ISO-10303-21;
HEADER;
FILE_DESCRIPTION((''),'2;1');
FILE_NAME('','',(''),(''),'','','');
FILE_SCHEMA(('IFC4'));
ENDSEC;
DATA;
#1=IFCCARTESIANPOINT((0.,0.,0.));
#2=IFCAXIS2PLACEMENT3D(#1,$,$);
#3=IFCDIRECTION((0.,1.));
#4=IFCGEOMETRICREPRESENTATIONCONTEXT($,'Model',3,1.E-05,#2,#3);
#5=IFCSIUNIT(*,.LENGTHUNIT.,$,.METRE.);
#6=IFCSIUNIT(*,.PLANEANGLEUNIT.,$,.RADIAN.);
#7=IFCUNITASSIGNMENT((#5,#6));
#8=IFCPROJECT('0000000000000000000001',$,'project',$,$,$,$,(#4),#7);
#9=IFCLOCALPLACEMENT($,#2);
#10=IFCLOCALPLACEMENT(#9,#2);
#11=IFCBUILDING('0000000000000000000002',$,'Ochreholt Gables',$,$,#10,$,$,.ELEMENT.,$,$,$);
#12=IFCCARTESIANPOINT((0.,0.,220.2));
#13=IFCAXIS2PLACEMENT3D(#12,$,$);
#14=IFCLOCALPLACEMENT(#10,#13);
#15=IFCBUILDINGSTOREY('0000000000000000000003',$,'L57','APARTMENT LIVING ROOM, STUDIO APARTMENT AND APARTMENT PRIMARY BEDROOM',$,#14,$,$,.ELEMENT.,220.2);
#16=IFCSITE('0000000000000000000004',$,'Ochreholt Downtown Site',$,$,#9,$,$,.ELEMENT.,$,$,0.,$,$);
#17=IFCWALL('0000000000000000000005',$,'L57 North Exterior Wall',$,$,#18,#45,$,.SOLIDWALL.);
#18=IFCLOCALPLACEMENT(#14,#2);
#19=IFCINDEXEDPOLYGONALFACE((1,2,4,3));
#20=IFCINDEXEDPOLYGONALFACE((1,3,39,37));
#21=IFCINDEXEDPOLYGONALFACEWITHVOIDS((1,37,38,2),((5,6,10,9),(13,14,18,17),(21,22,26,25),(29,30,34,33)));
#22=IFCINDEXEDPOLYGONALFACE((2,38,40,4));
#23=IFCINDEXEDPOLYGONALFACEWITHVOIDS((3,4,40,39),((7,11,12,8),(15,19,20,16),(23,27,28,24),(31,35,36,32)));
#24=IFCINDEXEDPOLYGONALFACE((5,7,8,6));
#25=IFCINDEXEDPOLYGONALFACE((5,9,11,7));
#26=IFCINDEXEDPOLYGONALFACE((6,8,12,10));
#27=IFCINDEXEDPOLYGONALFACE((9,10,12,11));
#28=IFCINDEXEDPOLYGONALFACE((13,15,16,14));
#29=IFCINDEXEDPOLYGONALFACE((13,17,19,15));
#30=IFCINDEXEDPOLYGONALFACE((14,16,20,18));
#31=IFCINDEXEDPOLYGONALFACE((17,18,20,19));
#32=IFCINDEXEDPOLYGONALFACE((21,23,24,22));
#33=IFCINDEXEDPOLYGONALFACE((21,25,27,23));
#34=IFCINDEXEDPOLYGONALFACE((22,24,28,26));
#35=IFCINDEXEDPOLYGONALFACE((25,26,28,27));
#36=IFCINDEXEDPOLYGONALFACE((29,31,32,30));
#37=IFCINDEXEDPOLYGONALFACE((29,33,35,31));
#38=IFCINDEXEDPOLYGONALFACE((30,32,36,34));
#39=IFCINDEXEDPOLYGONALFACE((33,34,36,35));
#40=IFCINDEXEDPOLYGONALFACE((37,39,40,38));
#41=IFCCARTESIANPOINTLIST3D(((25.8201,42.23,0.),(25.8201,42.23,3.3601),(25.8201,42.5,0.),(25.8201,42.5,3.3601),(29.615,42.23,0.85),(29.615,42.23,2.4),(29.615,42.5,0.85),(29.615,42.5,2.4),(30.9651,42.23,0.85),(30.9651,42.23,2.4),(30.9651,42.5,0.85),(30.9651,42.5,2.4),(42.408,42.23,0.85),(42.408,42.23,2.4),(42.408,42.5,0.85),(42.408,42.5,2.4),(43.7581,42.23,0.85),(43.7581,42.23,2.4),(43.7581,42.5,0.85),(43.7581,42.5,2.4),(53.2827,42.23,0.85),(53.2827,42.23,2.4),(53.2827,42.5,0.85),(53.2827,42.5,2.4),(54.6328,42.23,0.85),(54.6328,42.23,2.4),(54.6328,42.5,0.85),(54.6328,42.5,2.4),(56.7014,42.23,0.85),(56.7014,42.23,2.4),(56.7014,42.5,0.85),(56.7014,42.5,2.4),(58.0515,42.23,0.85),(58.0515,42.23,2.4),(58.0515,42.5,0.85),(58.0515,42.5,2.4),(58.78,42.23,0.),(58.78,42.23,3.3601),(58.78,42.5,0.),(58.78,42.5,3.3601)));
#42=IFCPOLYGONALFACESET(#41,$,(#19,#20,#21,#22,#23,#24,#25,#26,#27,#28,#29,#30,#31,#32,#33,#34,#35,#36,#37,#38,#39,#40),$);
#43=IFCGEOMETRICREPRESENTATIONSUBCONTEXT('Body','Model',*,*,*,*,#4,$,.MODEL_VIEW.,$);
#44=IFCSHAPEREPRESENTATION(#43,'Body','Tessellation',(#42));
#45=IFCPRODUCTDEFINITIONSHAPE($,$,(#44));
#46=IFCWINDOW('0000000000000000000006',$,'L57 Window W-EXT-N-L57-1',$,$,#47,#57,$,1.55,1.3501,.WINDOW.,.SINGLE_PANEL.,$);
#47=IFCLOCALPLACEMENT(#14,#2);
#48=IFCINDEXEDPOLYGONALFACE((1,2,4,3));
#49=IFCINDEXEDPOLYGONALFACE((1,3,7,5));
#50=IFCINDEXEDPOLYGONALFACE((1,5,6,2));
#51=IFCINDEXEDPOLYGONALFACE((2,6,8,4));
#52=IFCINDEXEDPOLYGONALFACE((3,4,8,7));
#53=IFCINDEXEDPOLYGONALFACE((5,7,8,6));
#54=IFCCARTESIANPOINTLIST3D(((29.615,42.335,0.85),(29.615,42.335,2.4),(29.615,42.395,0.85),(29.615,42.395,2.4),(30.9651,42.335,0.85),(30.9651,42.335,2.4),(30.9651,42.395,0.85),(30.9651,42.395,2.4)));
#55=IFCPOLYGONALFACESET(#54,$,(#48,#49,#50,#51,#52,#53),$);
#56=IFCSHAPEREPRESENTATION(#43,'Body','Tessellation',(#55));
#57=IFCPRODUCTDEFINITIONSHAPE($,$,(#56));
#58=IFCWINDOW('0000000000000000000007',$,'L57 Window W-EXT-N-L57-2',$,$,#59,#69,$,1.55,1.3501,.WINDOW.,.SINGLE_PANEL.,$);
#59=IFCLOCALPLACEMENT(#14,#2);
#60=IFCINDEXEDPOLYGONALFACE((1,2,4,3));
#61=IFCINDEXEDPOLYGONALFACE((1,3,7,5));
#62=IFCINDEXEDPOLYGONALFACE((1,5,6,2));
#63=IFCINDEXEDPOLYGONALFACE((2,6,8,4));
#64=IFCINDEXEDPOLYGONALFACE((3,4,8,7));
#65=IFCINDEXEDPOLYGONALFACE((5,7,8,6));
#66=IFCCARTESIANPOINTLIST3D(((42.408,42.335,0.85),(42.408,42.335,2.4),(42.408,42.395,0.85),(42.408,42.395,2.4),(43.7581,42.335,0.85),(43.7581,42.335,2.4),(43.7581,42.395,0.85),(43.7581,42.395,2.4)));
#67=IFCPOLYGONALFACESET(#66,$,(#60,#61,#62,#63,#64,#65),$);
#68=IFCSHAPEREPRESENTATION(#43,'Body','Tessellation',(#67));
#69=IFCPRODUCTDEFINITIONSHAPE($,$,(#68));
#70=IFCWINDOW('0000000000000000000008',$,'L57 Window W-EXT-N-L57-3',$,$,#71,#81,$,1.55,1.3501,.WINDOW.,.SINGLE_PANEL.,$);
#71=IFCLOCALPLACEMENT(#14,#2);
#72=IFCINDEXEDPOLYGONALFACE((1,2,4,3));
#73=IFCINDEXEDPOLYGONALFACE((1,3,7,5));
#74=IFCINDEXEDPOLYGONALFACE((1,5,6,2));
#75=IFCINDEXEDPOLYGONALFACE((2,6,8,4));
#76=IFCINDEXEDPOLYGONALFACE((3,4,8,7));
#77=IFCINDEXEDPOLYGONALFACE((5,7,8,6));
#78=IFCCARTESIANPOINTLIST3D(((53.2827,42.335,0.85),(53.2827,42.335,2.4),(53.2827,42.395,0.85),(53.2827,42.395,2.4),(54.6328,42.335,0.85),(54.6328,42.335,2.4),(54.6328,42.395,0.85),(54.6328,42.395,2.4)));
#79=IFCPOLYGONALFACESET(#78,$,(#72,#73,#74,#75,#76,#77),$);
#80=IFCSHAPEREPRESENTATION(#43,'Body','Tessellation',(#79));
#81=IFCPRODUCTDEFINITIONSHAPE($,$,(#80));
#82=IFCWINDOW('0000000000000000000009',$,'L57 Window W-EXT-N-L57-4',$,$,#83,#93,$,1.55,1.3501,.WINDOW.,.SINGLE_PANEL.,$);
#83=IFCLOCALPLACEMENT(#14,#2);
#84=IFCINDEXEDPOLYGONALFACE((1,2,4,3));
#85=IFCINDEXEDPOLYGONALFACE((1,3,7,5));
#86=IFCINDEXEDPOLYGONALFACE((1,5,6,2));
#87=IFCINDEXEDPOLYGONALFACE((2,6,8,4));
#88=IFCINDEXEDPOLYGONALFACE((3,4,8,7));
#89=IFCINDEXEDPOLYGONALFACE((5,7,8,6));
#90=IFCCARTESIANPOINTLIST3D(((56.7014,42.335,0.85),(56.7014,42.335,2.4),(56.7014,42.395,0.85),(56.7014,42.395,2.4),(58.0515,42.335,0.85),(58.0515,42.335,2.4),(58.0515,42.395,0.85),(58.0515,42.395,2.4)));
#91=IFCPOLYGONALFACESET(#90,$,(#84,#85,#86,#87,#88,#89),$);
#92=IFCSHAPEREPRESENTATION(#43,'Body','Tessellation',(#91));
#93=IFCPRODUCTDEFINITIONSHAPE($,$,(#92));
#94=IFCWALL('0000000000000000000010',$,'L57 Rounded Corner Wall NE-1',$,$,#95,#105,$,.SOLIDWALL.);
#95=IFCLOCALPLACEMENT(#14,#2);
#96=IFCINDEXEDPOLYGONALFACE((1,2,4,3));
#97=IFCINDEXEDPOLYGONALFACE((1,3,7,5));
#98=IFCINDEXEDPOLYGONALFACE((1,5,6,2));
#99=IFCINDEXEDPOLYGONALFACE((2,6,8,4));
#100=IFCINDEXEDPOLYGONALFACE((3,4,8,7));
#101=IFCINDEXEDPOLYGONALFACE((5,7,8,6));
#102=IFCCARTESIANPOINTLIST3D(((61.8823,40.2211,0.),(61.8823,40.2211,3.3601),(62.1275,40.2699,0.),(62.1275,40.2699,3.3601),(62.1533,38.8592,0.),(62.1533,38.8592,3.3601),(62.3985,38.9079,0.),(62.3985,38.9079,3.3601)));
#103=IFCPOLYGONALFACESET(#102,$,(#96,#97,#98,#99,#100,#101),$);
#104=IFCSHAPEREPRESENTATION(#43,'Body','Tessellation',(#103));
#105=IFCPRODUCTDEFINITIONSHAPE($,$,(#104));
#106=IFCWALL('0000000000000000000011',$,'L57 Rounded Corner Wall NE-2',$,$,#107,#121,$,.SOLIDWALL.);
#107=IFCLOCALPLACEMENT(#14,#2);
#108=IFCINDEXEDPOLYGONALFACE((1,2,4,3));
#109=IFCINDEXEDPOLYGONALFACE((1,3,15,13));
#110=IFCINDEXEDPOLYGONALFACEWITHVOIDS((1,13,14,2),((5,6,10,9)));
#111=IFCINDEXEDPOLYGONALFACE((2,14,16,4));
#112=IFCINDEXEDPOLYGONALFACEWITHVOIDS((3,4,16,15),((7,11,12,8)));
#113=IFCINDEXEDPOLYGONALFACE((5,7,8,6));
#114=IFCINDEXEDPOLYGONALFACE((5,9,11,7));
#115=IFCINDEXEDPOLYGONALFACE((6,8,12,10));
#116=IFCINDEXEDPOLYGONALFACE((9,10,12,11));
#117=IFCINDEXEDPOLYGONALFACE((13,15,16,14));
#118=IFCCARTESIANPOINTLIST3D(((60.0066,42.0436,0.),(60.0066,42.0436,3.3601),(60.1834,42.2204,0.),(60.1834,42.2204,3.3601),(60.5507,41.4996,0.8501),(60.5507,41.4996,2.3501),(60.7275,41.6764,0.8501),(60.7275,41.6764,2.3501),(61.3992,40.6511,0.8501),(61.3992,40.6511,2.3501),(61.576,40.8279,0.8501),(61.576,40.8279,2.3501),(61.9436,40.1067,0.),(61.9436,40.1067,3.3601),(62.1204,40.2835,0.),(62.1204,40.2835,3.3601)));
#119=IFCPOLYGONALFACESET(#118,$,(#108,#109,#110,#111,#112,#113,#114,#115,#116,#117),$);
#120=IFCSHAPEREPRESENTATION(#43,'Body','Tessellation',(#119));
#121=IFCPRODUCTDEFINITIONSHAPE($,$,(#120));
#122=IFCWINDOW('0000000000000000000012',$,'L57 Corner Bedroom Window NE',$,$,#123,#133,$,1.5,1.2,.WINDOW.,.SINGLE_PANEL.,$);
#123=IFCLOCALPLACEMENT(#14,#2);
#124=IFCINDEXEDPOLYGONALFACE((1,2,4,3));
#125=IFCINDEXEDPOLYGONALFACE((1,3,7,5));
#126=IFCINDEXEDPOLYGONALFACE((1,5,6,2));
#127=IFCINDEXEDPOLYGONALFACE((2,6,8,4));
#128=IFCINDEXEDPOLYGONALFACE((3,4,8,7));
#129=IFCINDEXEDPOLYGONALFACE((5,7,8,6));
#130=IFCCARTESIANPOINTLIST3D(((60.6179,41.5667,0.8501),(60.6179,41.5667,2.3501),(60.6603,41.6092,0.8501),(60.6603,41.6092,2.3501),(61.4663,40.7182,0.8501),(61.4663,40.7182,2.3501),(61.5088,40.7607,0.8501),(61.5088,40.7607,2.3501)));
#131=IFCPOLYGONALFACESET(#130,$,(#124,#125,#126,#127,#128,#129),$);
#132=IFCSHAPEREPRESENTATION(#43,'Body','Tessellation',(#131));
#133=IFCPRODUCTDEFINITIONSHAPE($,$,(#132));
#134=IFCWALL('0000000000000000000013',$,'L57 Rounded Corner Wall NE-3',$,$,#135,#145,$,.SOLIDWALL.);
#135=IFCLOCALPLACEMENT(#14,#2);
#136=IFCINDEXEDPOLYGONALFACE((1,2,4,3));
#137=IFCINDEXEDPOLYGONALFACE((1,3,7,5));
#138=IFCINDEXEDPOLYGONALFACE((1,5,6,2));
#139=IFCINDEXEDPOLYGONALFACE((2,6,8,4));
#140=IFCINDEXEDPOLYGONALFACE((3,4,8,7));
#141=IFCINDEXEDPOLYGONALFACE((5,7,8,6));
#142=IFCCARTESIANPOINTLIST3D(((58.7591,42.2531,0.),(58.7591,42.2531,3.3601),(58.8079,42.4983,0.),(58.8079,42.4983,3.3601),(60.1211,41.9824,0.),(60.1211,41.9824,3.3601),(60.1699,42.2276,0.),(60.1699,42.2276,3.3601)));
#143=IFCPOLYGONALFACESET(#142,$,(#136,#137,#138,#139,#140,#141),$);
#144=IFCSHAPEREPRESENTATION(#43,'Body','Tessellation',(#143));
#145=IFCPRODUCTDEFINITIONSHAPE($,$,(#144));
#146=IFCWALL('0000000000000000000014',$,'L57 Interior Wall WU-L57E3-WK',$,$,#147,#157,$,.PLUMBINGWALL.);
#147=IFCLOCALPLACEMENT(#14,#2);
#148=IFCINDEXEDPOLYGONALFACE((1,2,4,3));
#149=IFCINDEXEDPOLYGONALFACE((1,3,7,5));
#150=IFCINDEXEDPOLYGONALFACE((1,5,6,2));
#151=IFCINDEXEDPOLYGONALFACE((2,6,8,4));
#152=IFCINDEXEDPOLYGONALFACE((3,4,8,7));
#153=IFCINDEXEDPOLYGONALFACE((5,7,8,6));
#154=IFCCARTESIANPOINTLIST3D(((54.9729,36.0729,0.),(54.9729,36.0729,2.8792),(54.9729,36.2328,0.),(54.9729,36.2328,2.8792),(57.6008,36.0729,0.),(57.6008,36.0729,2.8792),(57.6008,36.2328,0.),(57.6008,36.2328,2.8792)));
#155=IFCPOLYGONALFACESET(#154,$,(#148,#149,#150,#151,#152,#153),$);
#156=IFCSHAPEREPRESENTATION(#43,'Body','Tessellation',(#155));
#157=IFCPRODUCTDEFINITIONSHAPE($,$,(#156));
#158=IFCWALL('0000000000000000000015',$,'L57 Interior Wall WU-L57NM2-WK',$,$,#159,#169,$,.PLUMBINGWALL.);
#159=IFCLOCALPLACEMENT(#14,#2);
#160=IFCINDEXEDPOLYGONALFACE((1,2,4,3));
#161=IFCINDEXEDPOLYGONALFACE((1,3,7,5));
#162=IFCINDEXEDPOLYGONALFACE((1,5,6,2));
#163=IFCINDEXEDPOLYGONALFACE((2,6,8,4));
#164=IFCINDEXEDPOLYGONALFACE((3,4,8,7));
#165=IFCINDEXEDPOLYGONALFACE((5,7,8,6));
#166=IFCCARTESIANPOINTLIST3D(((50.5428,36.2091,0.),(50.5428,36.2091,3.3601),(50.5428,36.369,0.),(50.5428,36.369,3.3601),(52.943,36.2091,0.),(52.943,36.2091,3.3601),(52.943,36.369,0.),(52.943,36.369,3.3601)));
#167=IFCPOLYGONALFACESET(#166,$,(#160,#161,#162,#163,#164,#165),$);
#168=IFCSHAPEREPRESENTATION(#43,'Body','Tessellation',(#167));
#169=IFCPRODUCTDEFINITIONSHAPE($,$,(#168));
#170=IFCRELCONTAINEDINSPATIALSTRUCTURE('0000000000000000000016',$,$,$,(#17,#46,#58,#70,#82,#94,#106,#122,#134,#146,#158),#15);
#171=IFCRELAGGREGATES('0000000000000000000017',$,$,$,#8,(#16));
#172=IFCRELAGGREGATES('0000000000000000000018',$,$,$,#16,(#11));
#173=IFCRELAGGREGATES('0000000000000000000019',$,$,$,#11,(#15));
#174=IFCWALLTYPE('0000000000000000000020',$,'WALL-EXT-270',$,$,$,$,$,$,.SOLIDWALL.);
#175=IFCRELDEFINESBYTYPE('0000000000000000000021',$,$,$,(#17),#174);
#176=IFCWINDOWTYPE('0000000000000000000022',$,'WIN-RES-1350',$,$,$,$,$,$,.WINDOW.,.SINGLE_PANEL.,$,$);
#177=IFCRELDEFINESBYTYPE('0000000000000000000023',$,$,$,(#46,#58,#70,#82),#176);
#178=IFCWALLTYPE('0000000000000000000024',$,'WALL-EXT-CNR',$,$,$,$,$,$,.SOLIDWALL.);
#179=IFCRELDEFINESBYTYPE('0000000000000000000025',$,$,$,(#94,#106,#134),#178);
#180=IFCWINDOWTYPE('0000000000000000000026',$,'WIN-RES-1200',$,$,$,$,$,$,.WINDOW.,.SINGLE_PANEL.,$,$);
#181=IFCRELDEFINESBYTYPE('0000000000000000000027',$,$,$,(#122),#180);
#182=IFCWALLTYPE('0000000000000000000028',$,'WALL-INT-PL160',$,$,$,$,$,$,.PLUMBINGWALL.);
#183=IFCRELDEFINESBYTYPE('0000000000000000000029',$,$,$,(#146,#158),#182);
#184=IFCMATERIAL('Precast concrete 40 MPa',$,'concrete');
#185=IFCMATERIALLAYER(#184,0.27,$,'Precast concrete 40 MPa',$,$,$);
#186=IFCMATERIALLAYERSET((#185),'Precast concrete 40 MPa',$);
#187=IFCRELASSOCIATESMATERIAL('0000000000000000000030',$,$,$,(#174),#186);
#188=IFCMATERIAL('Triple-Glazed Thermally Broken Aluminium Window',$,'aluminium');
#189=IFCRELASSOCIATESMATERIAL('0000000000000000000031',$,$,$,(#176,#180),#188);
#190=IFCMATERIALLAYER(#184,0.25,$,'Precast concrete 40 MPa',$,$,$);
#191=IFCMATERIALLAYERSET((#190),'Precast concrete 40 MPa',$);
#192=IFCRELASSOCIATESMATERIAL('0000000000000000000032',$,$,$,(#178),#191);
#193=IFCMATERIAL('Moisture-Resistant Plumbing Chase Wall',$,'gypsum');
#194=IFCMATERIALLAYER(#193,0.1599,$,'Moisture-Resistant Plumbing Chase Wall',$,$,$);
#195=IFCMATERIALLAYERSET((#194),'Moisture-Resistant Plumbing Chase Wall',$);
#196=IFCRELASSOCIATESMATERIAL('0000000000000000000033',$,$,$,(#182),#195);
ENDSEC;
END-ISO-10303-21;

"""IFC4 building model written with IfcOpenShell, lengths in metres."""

from ifc_helpers import new_model, si_unit, direction, frame, frame_2d, origin, place, context, subcontext, project, spatial, rectangle, extrude, material, layer, layer_set, type_object, element, fill, save


model = new_model("IFC4")

# Units and contexts
model_context = context("Model", 3, precision=1e-05, world=origin(), true_north=direction((0.0, 1.0)))
body_context = subcontext(model_context, "Body", "Model", "MODEL_VIEW")
ifc_project = project(units=[si_unit("LENGTHUNIT", "METRE"), si_unit("PLANEANGLEUNIT", "RADIAN")], contexts=[model_context])

# Site, building, storey
site_placement = place(None, origin())
site = spatial("IfcSite", under=ifc_project, at=site_placement, Name="Ochreholt Downtown Site", CompositionType="ELEMENT", RefElevation=0.0)
building_placement = place(site_placement, origin())
building = spatial("IfcBuilding", under=site, at=building_placement, Name="Ochreholt Gables", CompositionType="ELEMENT")
storey_placement = place(building_placement, frame((0.0, 0.0, 220.2)))
storey = spatial("IfcBuildingStorey", under=building, at=storey_placement, Name="L57", Description="APARTMENT LIVING ROOM, STUDIO APARTMENT AND APARTMENT PRIMARY BEDROOM", CompositionType="ELEMENT", Elevation=220.2)

# Wall, openings, windows
ifc_material_1 = material(Name="Precast concrete 40 MPa", Category="concrete")
ifc_layer_1 = layer(ifc_material_1, 0.27, Name="Precast concrete 40 MPa")
ifc_layer_set_1 = layer_set([ifc_layer_1], Name="Precast concrete 40 MPa")
wall_type_1 = type_object("IfcWallType", Name="WALL-EXT-270", PredefinedType="SOLIDWALL", material=ifc_layer_set_1)
wall_1_placement = place(storey_placement, frame((58.78, 42.365, 0.0), z_axis=(0.0, 0.0, 1.0), x_axis=(-1.0, 0.0, 0.0)))
wall_1 = element("IfcWall", 1, at=wall_1_placement, inside=storey, type_object=wall_type_1, Name="L57 North Exterior Wall", PredefinedType="SOLIDWALL", context=body_context, shape_type="SweptSolid", body=[
    extrude(rectangle(XDim=32.96, YDim=0.27, at=frame_2d((16.48, 0.0))), origin(), (0.0, 0.0, 1.0), 3.3601),
])
opening_1_placement = place(wall_1_placement, frame((27.8149, 0.0, 0.8501)))
opening_1 = element("IfcOpeningElement", 2, at=opening_1_placement, cuts=wall_1, PredefinedType="OPENING", context=body_context, shape_type="SweptSolid", body=[
    extrude(rectangle(XDim=1.3501, YDim=1.55, at=frame_2d((0.675, 0.7749))), frame((0.0, 0.145, 0.0), z_axis=(0.0, -1.0, 0.0), x_axis=(1.0, 0.0, 0.0)), (0.0, 0.0, 1.0), 0.29),
])
opening_2_placement = place(wall_1_placement, frame((15.022, 0.0, 0.8501)))
opening_2 = element("IfcOpeningElement", 3, at=opening_2_placement, cuts=wall_1, PredefinedType="OPENING", context=body_context, shape_type="SweptSolid", body=[
    extrude(rectangle(XDim=1.3501, YDim=1.55, at=frame_2d((0.675, 0.7749))), frame((0.0, 0.145, 0.0), z_axis=(0.0, -1.0, 0.0), x_axis=(1.0, 0.0, 0.0)), (0.0, 0.0, 1.0), 0.29),
])
opening_3_placement = place(wall_1_placement, frame((4.1472, 0.0, 0.8501)))
opening_3 = element("IfcOpeningElement", 4, at=opening_3_placement, cuts=wall_1, PredefinedType="OPENING", context=body_context, shape_type="SweptSolid", body=[
    extrude(rectangle(XDim=1.3501, YDim=1.55, at=frame_2d((0.675, 0.7749))), frame((0.0, 0.145, 0.0), z_axis=(0.0, -1.0, 0.0), x_axis=(1.0, 0.0, 0.0)), (0.0, 0.0, 1.0), 0.29),
])
opening_4_placement = place(wall_1_placement, frame((0.7285, 0.0, 0.8501)))
opening_4 = element("IfcOpeningElement", 5, at=opening_4_placement, cuts=wall_1, PredefinedType="OPENING", context=body_context, shape_type="SweptSolid", body=[
    extrude(rectangle(XDim=1.3501, YDim=1.55, at=frame_2d((0.675, 0.7749))), frame((0.0, 0.145, 0.0), z_axis=(0.0, -1.0, 0.0), x_axis=(1.0, 0.0, 0.0)), (0.0, 0.0, 1.0), 0.29),
])
ifc_material_2 = material(Name="Triple-Glazed Thermally Broken Aluminium Window", Category="aluminium")
window_type_1 = type_object("IfcWindowType", Name="WIN-RES-1350", PartitioningType="SINGLE_PANEL", PredefinedType="WINDOW", material=ifc_material_2)
window_1_placement = place(opening_1_placement, origin())
window_1 = element("IfcWindow", 6, at=window_1_placement, inside=storey, type_object=window_type_1, Name="L57 Window W-EXT-N-L57-1", OverallHeight=1.55, OverallWidth=1.3501, PartitioningType="SINGLE_PANEL", PredefinedType="WINDOW", context=body_context, shape_type="SweptSolid", body=[
    extrude(rectangle(XDim=1.3501, YDim=1.55, at=frame_2d((0.675, 0.7749))), frame((0.0, 0.03, 0.0), z_axis=(0.0, -1.0, 0.0), x_axis=(1.0, 0.0, 0.0)), (0.0, 0.0, 1.0), 0.0601),
])
fill(opening_1, window_1)
window_2_placement = place(opening_2_placement, origin())
window_2 = element("IfcWindow", 7, at=window_2_placement, inside=storey, type_object=window_type_1, Name="L57 Window W-EXT-N-L57-2", OverallHeight=1.55, OverallWidth=1.3501, PartitioningType="SINGLE_PANEL", PredefinedType="WINDOW", context=body_context, shape_type="SweptSolid", body=[
    extrude(rectangle(XDim=1.3501, YDim=1.55, at=frame_2d((0.675, 0.7749))), frame((0.0, 0.03, 0.0), z_axis=(0.0, -1.0, 0.0), x_axis=(1.0, 0.0, 0.0)), (0.0, 0.0, 1.0), 0.0601),
])
fill(opening_2, window_2)
window_3_placement = place(opening_3_placement, origin())
window_3 = element("IfcWindow", 8, at=window_3_placement, inside=storey, type_object=window_type_1, Name="L57 Window W-EXT-N-L57-3", OverallHeight=1.55, OverallWidth=1.3501, PartitioningType="SINGLE_PANEL", PredefinedType="WINDOW", context=body_context, shape_type="SweptSolid", body=[
    extrude(rectangle(XDim=1.3501, YDim=1.55, at=frame_2d((0.675, 0.7749))), frame((0.0, 0.03, 0.0), z_axis=(0.0, -1.0, 0.0), x_axis=(1.0, 0.0, 0.0)), (0.0, 0.0, 1.0), 0.0601),
])
fill(opening_3, window_3)
window_4_placement = place(opening_4_placement, origin())
window_4 = element("IfcWindow", 9, at=window_4_placement, inside=storey, type_object=window_type_1, Name="L57 Window W-EXT-N-L57-4", OverallHeight=1.55, OverallWidth=1.3501, PartitioningType="SINGLE_PANEL", PredefinedType="WINDOW", context=body_context, shape_type="SweptSolid", body=[
    extrude(rectangle(XDim=1.3501, YDim=1.55, at=frame_2d((0.675, 0.7749))), frame((0.0, 0.03, 0.0), z_axis=(0.0, -1.0, 0.0), x_axis=(1.0, 0.0, 0.0)), (0.0, 0.0, 1.0), 0.0601),
])
fill(opening_4, window_4)

# Wall
ifc_layer_2 = layer(ifc_material_1, 0.25, Name="Precast concrete 40 MPa")
ifc_layer_set_2 = layer_set([ifc_layer_2], Name="Precast concrete 40 MPa")
wall_type_2 = type_object("IfcWallType", Name="WALL-EXT-CNR", PredefinedType="SOLIDWALL", material=ifc_layer_set_2)
wall_2_placement = place(storey_placement, frame((62.2759, 38.8835, 0.0), z_axis=(0.0, 0.0, 1.0), x_axis=(-0.195136, 0.980776, 0.0)))
element("IfcWall", 10, at=wall_2_placement, inside=storey, type_object=wall_type_2, Name="L57 Rounded Corner Wall NE-1", PredefinedType="SOLIDWALL", context=body_context, shape_type="SweptSolid", body=[
    extrude(rectangle(XDim=1.3887, YDim=0.25, at=frame_2d((0.6943, 0.0))), origin(), (0.0, 0.0, 1.0), 3.3601),
])

# Wall, opening, window
wall_3_placement = place(storey_placement, frame((62.032, 40.1951, 0.0), z_axis=(0.0, 0.0, 1.0), x_axis=(-0.707107, 0.707107, 0.0)))
wall_3 = element("IfcWall", 11, at=wall_3_placement, inside=storey, type_object=wall_type_2, Name="L57 Rounded Corner Wall NE-2", PredefinedType="SOLIDWALL", context=body_context, shape_type="SweptSolid", body=[
    extrude(rectangle(XDim=2.7393, YDim=0.25, at=frame_2d((1.3696, 0.0))), origin(), (0.0, 0.0, 1.0), 3.3601),
])
opening_5_placement = place(wall_3_placement, frame((0.7698, 0.0, 0.8501)))
opening_5 = element("IfcOpeningElement", 12, at=opening_5_placement, cuts=wall_3, PredefinedType="OPENING", context=body_context, shape_type="SweptSolid", body=[
    extrude(rectangle(XDim=1.2, YDim=1.5, at=frame_2d((0.6001, 0.75))), frame((0.0, 0.135, 0.0), z_axis=(0.0, -1.0, 0.0), x_axis=(1.0, 0.0, 0.0)), (0.0, 0.0, 1.0), 0.27),
])
window_type_2 = type_object("IfcWindowType", Name="WIN-RES-1200", PartitioningType="SINGLE_PANEL", PredefinedType="WINDOW", material=ifc_material_2)
window_5_placement = place(opening_5_placement, origin())
window_5 = element("IfcWindow", 13, at=window_5_placement, inside=storey, type_object=window_type_2, Name="L57 Corner Bedroom Window NE", OverallHeight=1.5, OverallWidth=1.2, PartitioningType="SINGLE_PANEL", PredefinedType="WINDOW", context=body_context, shape_type="SweptSolid", body=[
    extrude(rectangle(XDim=1.2, YDim=1.5, at=frame_2d((0.6001, 0.75))), frame((0.0, 0.03, 0.0), z_axis=(0.0, -1.0, 0.0), x_axis=(1.0, 0.0, 0.0)), (0.0, 0.0, 1.0), 0.0601),
])
fill(opening_5, window_5)

# Walls
wall_4_placement = place(storey_placement, frame((60.1455, 42.105, 0.0), z_axis=(0.0, 0.0, 1.0), x_axis=(-0.98081, 0.194967, 0.0)))
element("IfcWall", 14, at=wall_4_placement, inside=storey, type_object=wall_type_2, Name="L57 Rounded Corner Wall NE-3", PredefinedType="SOLIDWALL", context=body_context, shape_type="SweptSolid", body=[
    extrude(rectangle(XDim=1.3887, YDim=0.25, at=frame_2d((0.6943, 0.0))), origin(), (0.0, 0.0, 1.0), 3.3601),
])
ifc_material_3 = material(Name="Moisture-Resistant Plumbing Chase Wall", Category="gypsum")
ifc_layer_3 = layer(ifc_material_3, 0.1599, Name="Moisture-Resistant Plumbing Chase Wall")
ifc_layer_set_3 = layer_set([ifc_layer_3], Name="Moisture-Resistant Plumbing Chase Wall")
wall_type_3 = type_object("IfcWallType", Name="WALL-INT-PL160", PredefinedType="PLUMBINGWALL", material=ifc_layer_set_3)
wall_5_placement = place(storey_placement, frame((54.9729, 36.1528, 0.0), z_axis=(0.0, 0.0, 1.0), x_axis=(1.0, 0.0, 0.0)))
element("IfcWall", 15, at=wall_5_placement, inside=storey, type_object=wall_type_3, Name="L57 Interior Wall WU-L57E3-WK", PredefinedType="PLUMBINGWALL", context=body_context, shape_type="SweptSolid", body=[
    extrude(rectangle(XDim=2.6279, YDim=0.1599, at=frame_2d((1.314, 0.0))), origin(), (0.0, 0.0, 1.0), 2.8792),
])
wall_6_placement = place(storey_placement, frame((50.5427, 36.2891, 0.0), z_axis=(0.0, 0.0, 1.0), x_axis=(1.0, 0.0, 0.0)))
element("IfcWall", 16, at=wall_6_placement, inside=storey, type_object=wall_type_3, Name="L57 Interior Wall WU-L57NM2-WK", PredefinedType="PLUMBINGWALL", context=body_context, shape_type="SweptSolid", body=[
    extrude(rectangle(XDim=2.4001, YDim=0.1599, at=frame_2d((1.2002, 0.0))), origin(), (0.0, 0.0, 1.0), 3.3601),
])

save(model, "model.ifc")
